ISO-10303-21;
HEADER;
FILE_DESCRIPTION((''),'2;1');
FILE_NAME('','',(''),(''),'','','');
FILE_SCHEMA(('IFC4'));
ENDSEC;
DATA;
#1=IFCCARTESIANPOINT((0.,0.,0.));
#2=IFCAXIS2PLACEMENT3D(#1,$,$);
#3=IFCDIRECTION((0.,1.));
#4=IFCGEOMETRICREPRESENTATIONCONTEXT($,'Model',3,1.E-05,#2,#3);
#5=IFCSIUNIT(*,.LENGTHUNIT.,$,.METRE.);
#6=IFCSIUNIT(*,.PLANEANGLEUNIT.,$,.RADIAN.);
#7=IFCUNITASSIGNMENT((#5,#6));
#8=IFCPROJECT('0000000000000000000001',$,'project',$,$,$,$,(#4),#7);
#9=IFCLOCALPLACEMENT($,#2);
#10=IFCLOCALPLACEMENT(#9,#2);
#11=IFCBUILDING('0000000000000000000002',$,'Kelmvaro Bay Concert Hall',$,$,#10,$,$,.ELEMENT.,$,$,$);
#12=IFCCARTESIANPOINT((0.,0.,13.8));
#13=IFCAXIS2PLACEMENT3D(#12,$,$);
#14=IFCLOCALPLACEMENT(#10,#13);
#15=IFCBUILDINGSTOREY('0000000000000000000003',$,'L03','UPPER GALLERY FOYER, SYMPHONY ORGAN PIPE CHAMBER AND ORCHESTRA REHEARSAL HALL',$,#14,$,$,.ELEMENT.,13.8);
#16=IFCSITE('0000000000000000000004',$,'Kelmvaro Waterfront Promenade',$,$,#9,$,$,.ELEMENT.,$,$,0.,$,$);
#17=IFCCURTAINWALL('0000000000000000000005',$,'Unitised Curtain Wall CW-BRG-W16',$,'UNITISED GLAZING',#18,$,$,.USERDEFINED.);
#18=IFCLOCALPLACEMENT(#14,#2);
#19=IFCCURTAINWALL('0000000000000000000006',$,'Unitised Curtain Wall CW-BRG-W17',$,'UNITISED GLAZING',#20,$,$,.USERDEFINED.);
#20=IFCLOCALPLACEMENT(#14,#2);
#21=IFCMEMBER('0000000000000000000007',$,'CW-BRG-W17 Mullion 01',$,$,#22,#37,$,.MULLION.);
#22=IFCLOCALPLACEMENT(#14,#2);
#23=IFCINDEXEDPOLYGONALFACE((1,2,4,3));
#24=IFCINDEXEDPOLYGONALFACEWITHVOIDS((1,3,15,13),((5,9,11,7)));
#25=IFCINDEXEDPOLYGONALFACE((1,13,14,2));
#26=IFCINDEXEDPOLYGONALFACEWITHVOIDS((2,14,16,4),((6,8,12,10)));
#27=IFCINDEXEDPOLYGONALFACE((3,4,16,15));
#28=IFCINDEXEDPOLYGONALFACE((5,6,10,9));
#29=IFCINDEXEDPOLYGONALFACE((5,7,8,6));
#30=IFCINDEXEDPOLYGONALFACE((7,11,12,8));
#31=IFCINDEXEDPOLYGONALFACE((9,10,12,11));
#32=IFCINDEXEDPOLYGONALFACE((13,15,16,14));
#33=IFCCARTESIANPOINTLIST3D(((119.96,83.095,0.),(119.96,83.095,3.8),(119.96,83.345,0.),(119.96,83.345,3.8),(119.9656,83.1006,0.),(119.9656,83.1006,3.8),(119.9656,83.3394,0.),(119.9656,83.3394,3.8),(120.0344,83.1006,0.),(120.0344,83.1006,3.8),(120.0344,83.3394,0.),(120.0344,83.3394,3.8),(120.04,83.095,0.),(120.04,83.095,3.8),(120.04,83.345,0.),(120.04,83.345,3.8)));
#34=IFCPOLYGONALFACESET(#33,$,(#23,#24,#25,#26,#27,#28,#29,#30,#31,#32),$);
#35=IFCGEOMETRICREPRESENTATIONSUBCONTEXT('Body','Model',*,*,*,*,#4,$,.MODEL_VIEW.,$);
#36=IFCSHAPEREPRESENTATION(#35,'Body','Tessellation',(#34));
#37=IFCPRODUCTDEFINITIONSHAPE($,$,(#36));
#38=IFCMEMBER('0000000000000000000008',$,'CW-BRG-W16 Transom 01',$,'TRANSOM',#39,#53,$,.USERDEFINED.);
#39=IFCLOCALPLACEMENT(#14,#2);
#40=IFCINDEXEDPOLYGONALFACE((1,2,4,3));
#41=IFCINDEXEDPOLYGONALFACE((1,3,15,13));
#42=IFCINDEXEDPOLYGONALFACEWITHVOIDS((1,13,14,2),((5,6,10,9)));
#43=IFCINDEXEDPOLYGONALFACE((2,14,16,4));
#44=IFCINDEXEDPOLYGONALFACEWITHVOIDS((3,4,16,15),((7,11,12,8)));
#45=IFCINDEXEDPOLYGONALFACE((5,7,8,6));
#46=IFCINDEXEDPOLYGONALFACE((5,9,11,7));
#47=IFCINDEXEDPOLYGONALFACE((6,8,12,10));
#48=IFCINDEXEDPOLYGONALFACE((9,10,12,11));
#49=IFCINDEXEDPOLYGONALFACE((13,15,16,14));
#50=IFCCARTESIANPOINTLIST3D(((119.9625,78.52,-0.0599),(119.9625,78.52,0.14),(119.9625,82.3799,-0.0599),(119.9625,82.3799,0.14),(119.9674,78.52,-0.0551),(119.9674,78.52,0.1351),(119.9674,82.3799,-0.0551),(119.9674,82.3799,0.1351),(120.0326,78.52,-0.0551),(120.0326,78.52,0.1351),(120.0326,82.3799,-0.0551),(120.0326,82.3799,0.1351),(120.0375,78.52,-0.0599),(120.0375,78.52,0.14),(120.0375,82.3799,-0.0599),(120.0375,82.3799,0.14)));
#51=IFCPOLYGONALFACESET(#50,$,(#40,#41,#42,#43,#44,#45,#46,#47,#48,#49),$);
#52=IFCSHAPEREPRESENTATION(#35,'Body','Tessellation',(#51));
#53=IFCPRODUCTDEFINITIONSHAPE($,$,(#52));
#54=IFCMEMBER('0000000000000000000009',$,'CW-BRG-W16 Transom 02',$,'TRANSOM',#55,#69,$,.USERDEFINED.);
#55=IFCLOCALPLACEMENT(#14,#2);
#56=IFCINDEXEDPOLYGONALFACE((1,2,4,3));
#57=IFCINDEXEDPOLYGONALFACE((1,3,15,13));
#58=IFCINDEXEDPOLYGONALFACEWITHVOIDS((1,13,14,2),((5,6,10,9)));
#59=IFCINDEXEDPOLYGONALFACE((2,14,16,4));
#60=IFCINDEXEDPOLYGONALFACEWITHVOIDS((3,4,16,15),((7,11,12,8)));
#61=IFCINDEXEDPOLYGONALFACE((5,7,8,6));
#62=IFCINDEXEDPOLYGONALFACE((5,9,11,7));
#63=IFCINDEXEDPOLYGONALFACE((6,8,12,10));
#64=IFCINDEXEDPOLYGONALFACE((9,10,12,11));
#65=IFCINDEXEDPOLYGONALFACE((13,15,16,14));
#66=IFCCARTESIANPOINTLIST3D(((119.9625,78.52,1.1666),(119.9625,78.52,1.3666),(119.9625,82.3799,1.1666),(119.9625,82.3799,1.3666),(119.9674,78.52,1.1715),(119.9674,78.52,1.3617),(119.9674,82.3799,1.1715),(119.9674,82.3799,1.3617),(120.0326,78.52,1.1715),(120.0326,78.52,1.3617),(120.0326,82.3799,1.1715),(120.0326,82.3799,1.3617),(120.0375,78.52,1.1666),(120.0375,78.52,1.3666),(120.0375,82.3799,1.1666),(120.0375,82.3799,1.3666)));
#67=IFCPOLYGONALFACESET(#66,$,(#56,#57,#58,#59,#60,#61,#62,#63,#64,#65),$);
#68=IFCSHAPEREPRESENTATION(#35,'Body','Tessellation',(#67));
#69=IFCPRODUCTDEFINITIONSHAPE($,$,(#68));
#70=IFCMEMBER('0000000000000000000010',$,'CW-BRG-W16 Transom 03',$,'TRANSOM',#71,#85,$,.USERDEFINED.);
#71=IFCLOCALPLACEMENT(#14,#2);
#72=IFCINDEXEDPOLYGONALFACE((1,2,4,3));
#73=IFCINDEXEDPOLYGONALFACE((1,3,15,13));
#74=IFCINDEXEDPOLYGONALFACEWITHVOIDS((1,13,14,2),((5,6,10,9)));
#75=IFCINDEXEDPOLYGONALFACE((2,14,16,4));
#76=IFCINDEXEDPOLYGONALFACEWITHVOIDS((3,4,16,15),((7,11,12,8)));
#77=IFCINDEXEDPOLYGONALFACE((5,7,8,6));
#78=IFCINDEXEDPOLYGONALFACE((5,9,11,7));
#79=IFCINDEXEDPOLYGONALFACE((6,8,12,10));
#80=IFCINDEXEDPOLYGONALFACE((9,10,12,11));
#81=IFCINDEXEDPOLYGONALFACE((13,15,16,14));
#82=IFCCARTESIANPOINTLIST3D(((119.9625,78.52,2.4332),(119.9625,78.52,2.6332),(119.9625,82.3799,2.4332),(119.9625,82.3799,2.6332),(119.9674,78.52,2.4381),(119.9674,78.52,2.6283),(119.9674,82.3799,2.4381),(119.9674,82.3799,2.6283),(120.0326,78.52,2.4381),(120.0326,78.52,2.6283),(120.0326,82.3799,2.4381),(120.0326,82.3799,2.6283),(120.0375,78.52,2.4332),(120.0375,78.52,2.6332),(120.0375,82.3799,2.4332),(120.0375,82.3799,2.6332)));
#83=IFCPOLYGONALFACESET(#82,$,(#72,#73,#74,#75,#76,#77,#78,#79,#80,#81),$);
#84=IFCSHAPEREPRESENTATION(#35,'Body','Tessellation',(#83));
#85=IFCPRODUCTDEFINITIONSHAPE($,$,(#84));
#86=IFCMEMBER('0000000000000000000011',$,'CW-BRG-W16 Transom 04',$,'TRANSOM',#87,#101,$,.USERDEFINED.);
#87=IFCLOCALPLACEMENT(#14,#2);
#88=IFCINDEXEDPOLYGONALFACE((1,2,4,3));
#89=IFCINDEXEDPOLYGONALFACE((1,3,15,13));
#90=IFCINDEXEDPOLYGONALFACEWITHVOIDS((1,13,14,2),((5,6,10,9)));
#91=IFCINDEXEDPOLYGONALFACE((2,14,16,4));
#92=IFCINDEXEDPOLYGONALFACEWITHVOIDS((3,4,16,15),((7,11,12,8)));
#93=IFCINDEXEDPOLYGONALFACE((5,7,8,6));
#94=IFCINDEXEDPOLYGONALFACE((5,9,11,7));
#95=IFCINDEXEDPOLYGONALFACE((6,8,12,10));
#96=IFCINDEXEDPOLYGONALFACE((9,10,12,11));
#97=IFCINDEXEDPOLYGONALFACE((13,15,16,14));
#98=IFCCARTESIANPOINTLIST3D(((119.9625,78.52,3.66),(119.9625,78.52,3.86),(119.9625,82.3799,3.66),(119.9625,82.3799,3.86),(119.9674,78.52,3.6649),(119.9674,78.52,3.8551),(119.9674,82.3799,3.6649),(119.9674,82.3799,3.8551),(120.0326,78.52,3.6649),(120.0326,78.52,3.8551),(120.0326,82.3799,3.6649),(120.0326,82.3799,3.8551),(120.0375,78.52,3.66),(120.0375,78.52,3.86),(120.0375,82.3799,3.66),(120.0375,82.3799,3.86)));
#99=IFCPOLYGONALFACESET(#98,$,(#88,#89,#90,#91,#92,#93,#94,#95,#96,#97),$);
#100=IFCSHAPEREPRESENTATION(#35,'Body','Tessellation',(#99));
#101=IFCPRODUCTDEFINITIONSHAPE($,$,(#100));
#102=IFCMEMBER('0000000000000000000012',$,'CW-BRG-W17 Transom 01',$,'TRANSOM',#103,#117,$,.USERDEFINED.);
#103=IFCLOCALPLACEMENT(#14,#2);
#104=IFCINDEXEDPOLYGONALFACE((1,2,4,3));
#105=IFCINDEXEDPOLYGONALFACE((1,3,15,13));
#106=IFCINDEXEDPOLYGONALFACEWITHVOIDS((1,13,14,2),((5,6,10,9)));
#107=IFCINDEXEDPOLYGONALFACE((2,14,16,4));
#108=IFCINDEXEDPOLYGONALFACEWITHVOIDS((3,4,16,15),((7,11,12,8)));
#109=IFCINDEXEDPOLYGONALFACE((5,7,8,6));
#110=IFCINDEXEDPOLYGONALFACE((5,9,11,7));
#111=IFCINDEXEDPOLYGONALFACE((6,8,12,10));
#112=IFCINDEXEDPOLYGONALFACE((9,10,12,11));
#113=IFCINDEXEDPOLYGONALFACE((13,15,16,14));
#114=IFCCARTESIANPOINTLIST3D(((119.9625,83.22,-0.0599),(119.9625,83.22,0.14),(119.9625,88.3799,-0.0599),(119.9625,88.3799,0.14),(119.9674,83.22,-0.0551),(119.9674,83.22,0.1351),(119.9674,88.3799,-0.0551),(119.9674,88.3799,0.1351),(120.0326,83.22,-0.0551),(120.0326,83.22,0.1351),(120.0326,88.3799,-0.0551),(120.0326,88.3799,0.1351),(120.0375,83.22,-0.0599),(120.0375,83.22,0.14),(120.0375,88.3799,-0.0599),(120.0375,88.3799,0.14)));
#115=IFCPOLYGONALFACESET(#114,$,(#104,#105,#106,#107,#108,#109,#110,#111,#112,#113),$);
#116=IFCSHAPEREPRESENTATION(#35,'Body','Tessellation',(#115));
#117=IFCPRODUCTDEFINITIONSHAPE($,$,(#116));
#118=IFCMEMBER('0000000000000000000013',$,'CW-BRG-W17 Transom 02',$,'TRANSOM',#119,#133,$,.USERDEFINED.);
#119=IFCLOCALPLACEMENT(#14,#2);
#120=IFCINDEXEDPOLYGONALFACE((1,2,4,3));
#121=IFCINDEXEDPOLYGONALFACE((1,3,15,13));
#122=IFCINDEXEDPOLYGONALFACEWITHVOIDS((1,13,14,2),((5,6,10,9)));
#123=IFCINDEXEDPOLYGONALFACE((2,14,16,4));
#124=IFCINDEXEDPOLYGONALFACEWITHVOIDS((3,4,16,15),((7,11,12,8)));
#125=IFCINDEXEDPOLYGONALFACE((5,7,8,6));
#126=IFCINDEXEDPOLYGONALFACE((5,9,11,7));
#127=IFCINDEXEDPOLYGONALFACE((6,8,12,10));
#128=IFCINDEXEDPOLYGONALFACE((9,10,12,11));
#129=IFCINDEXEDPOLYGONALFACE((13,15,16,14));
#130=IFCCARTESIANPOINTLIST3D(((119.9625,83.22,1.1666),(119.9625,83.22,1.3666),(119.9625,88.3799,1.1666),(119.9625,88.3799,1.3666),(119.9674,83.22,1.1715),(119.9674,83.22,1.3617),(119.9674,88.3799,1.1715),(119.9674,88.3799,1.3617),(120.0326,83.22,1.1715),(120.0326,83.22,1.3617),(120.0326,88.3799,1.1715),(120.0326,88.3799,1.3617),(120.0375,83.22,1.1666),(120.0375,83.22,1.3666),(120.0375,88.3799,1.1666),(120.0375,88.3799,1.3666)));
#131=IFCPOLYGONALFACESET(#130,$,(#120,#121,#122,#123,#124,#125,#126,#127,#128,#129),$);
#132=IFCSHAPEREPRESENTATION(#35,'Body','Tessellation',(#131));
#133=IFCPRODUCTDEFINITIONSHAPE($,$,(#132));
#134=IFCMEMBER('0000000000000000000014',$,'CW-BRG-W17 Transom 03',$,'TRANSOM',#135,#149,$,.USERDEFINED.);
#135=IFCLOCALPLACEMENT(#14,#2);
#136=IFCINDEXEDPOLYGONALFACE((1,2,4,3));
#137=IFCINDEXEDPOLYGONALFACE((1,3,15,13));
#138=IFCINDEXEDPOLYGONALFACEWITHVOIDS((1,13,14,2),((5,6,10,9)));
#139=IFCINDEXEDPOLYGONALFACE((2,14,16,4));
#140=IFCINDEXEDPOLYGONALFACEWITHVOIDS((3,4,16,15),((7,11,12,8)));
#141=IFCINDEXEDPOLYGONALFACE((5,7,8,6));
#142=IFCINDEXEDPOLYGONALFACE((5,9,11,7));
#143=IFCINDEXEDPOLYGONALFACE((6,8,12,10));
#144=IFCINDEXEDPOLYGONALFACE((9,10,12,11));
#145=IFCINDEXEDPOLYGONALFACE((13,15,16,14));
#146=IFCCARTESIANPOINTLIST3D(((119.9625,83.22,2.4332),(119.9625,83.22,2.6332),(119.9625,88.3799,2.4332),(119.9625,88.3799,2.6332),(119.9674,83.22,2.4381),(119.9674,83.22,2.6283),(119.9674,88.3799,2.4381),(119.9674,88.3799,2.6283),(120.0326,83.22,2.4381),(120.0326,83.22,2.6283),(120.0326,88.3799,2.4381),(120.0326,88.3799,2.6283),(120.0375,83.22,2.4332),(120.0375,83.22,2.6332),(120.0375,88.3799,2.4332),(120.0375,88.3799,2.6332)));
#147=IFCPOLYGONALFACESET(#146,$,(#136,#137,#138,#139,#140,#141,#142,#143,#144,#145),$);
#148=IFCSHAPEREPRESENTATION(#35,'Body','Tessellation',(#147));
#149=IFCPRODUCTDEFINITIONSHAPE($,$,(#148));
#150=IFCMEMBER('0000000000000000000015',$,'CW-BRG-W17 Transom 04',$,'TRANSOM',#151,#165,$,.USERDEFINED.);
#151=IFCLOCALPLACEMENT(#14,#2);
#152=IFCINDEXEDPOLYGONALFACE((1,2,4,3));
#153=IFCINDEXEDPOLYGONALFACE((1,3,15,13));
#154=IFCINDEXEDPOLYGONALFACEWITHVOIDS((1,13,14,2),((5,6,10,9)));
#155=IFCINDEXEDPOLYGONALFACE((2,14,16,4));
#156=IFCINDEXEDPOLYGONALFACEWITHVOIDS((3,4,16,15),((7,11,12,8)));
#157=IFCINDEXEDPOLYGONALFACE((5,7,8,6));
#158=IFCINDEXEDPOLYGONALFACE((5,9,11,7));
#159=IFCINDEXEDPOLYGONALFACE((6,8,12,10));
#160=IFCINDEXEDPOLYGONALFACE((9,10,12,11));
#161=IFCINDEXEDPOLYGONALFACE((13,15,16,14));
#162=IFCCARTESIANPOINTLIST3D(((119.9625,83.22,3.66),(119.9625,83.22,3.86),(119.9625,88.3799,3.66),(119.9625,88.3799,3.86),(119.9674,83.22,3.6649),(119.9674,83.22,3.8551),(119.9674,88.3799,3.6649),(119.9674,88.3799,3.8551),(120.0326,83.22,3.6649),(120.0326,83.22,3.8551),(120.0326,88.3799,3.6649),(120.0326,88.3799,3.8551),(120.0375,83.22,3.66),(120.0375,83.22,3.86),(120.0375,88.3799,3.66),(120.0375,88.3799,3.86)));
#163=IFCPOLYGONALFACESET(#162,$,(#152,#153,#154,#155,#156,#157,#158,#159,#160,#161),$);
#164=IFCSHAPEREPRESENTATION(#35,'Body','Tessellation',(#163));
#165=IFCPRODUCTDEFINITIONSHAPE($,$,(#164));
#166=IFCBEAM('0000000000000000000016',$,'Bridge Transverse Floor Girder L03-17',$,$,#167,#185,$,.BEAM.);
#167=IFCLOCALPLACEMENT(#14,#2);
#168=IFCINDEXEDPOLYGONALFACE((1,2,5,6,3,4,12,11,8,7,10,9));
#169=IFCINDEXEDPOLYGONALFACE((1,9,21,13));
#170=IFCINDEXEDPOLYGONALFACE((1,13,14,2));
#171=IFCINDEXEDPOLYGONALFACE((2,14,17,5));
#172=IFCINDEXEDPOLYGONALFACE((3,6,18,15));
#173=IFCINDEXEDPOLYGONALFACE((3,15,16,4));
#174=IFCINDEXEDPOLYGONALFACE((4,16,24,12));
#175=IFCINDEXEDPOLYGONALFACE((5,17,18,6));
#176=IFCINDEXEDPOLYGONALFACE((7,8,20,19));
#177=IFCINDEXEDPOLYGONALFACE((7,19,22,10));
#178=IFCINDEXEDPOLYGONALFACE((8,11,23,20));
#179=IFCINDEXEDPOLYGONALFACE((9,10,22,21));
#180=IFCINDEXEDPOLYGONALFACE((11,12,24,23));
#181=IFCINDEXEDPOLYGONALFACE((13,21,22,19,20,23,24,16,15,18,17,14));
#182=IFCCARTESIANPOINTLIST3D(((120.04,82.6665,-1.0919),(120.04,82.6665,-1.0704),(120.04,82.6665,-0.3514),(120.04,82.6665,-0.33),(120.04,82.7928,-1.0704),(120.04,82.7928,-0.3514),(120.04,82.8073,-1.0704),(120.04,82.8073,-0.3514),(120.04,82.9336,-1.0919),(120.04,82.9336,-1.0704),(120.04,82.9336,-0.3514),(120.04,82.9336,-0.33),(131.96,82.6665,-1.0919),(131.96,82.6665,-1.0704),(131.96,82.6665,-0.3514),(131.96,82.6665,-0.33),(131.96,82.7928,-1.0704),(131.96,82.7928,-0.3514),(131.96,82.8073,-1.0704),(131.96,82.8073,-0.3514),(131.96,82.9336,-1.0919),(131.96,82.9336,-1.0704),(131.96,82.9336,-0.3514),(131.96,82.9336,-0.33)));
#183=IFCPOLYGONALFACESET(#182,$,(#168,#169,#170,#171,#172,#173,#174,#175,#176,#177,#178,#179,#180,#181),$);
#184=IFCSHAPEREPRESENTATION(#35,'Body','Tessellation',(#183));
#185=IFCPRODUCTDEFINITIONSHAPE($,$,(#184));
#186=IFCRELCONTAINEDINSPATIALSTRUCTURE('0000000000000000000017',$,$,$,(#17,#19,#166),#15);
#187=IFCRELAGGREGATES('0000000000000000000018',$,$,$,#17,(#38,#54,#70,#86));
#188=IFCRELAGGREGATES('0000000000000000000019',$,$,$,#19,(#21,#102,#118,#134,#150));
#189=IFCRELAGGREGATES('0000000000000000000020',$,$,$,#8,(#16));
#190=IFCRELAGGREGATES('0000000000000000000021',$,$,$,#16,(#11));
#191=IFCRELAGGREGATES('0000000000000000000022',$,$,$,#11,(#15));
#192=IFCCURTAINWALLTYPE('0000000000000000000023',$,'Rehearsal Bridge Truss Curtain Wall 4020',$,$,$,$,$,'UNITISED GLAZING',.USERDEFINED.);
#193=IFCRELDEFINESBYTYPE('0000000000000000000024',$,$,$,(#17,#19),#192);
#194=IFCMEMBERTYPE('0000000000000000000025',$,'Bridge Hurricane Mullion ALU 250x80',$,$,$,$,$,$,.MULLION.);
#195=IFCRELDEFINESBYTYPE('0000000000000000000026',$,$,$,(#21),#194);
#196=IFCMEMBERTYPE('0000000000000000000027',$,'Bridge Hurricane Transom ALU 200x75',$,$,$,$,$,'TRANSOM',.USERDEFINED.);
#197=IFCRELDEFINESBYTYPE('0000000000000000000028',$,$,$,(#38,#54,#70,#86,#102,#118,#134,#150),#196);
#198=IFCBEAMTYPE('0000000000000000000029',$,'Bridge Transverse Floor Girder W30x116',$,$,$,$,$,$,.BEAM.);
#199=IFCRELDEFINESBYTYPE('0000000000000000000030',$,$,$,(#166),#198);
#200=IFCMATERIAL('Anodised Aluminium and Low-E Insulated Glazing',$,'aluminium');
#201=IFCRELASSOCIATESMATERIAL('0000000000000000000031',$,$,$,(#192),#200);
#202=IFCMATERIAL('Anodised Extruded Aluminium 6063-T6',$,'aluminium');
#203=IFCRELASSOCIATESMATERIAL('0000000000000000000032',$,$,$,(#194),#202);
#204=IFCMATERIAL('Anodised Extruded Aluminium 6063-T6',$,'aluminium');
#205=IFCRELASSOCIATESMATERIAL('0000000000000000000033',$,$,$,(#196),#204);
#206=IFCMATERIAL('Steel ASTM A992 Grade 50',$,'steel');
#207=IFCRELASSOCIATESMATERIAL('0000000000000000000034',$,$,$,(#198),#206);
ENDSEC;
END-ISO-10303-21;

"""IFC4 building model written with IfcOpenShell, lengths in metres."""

from ifc_helpers import new_model, si_unit, direction, frame, origin, origin_2d, place, context, subcontext, project, spatial, hollow_rectangle, i_section, extrude, material, material_profile, profile_set, type_object, element, aggregate, save


model = new_model("IFC4")

# Units and contexts
model_context = context("Model", 3, precision=1e-05, world=origin(), true_north=direction((0.0, 1.0)))
body_context = subcontext(model_context, "Body", "Model", "MODEL_VIEW")
ifc_project = project(units=[si_unit("LENGTHUNIT", "METRE"), si_unit("PLANEANGLEUNIT", "RADIAN")], contexts=[model_context])

# Site, building, storey
site_placement = place(None, origin())
site = spatial("IfcSite", under=ifc_project, at=site_placement, Name="Kelmvaro Waterfront Promenade", CompositionType="ELEMENT", RefElevation=0.0)
building_placement = place(site_placement, origin())
building = spatial("IfcBuilding", under=site, at=building_placement, Name="Kelmvaro Bay Concert Hall", CompositionType="ELEMENT")
storey_placement = place(building_placement, frame((0.0, 0.0, 13.8)))
storey = spatial("IfcBuildingStorey", under=building, at=storey_placement, Name="L03", Description="UPPER GALLERY FOYER, SYMPHONY ORGAN PIPE CHAMBER AND ORCHESTRA REHEARSAL HALL", CompositionType="ELEMENT", Elevation=13.8)

# Curtain wall
ifc_material_1 = material(Name="Anodised Aluminium and Low-E Insulated Glazing", Category="aluminium")
curtain_wall_type = type_object("IfcCurtainWallType", Name="Rehearsal Bridge Truss Curtain Wall 4020", ElementType="UNITISED GLAZING", PredefinedType="USERDEFINED", material=ifc_material_1)
curtain_wall_1_placement = place(storey_placement, origin())
curtain_wall_1 = element("IfcCurtainWall", 1, at=curtain_wall_1_placement, inside=storey, type_object=curtain_wall_type, Name="Unitised Curtain Wall CW-BRG-W16", ObjectType="UNITISED GLAZING", PredefinedType="USERDEFINED")
ifc_material_2 = material(Name="Anodised Extruded Aluminium 6063-T6", Category="aluminium")
ifc_material_profile_1 = material_profile(ifc_material_2, hollow_rectangle(XDim=0.0801, YDim=0.25, WallThickness=0.0056, at=origin_2d()), Name="ALU-MUL-250X80")
ifc_profile_set_1 = profile_set([ifc_material_profile_1], Name="Anodised Extruded Aluminium 6063-T6")
member_type_1 = type_object("IfcMemberType", Name="Bridge Hurricane Mullion ALU 250x80", PredefinedType="MULLION", material=ifc_profile_set_1)

# Curtain wall, member
curtain_wall_2_placement = place(storey_placement, origin())
curtain_wall_2 = element("IfcCurtainWall", 2, at=curtain_wall_2_placement, inside=storey, type_object=curtain_wall_type, Name="Unitised Curtain Wall CW-BRG-W17", ObjectType="UNITISED GLAZING", PredefinedType="USERDEFINED")
member_1_placement = place(storey_placement, frame((120.0, 83.22, 0.0), z_axis=(0.0, 0.0, 1.0), x_axis=(1.0, 0.0, 0.0)))
member_1 = element("IfcMember", 3, at=member_1_placement, type_object=member_type_1, Name="CW-BRG-W17 Mullion 01", PredefinedType="MULLION", context=body_context, shape_type="SweptSolid", body=[
    extrude(hollow_rectangle(XDim=0.0801, YDim=0.25, WallThickness=0.0056, at=origin_2d()), origin(), (0.0, 0.0, 1.0), 3.8),
])

# Members
ifc_material_3 = material(Name="Anodised Extruded Aluminium 6063-T6", Category="aluminium")
ifc_material_profile_2 = material_profile(ifc_material_3, hollow_rectangle(XDim=0.075, YDim=0.2, WallThickness=0.0049, at=origin_2d()), Name="ALU-TRN-200X75")
ifc_profile_set_2 = profile_set([ifc_material_profile_2], Name="Anodised Extruded Aluminium 6063-T6")
member_type_2 = type_object("IfcMemberType", Name="Bridge Hurricane Transom ALU 200x75", ElementType="TRANSOM", PredefinedType="USERDEFINED", material=ifc_profile_set_2)
member_2_placement = place(storey_placement, frame((120.0, 78.52, 0.04), z_axis=(0.0, 1.0, 0.0), x_axis=(-1.0, 0.0, 0.0)))
member_2 = element("IfcMember", 4, at=member_2_placement, type_object=member_type_2, Name="CW-BRG-W16 Transom 01", ObjectType="TRANSOM", PredefinedType="USERDEFINED", context=body_context, shape_type="SweptSolid", body=[
    extrude(hollow_rectangle(XDim=0.075, YDim=0.2, WallThickness=0.0049, at=origin_2d()), origin(), (0.0, 0.0, 1.0), 3.8599),
])
member_3_placement = place(storey_placement, frame((120.0, 78.52, 1.2666), z_axis=(0.0, 1.0, 0.0), x_axis=(-1.0, 0.0, 0.0)))
member_3 = element("IfcMember", 5, at=member_3_placement, type_object=member_type_2, Name="CW-BRG-W16 Transom 02", ObjectType="TRANSOM", PredefinedType="USERDEFINED", context=body_context, shape_type="SweptSolid", body=[
    extrude(hollow_rectangle(XDim=0.075, YDim=0.2, WallThickness=0.0049, at=origin_2d()), origin(), (0.0, 0.0, 1.0), 3.8599),
])
member_4_placement = place(storey_placement, frame((120.0, 78.52, 2.5332), z_axis=(0.0, 1.0, 0.0), x_axis=(-1.0, 0.0, 0.0)))
member_4 = element("IfcMember", 6, at=member_4_placement, type_object=member_type_2, Name="CW-BRG-W16 Transom 03", ObjectType="TRANSOM", PredefinedType="USERDEFINED", context=body_context, shape_type="SweptSolid", body=[
    extrude(hollow_rectangle(XDim=0.075, YDim=0.2, WallThickness=0.0049, at=origin_2d()), origin(), (0.0, 0.0, 1.0), 3.8599),
])
member_5_placement = place(storey_placement, frame((120.0, 78.52, 3.76), z_axis=(0.0, 1.0, 0.0), x_axis=(-1.0, 0.0, 0.0)))
member_5 = element("IfcMember", 7, at=member_5_placement, type_object=member_type_2, Name="CW-BRG-W16 Transom 04", ObjectType="TRANSOM", PredefinedType="USERDEFINED", context=body_context, shape_type="SweptSolid", body=[
    extrude(hollow_rectangle(XDim=0.075, YDim=0.2, WallThickness=0.0049, at=origin_2d()), origin(), (0.0, 0.0, 1.0), 3.8599),
])
member_6_placement = place(storey_placement, frame((120.0, 83.22, 0.04), z_axis=(0.0, 1.0, 0.0), x_axis=(-1.0, 0.0, 0.0)))
member_6 = element("IfcMember", 8, at=member_6_placement, type_object=member_type_2, Name="CW-BRG-W17 Transom 01", ObjectType="TRANSOM", PredefinedType="USERDEFINED", context=body_context, shape_type="SweptSolid", body=[
    extrude(hollow_rectangle(XDim=0.075, YDim=0.2, WallThickness=0.0049, at=origin_2d()), origin(), (0.0, 0.0, 1.0), 5.1599),
])
member_7_placement = place(storey_placement, frame((120.0, 83.22, 1.2666), z_axis=(0.0, 1.0, 0.0), x_axis=(-1.0, 0.0, 0.0)))
member_7 = element("IfcMember", 9, at=member_7_placement, type_object=member_type_2, Name="CW-BRG-W17 Transom 02", ObjectType="TRANSOM", PredefinedType="USERDEFINED", context=body_context, shape_type="SweptSolid", body=[
    extrude(hollow_rectangle(XDim=0.075, YDim=0.2, WallThickness=0.0049, at=origin_2d()), origin(), (0.0, 0.0, 1.0), 5.1599),
])
member_8_placement = place(storey_placement, frame((120.0, 83.22, 2.5332), z_axis=(0.0, 1.0, 0.0), x_axis=(-1.0, 0.0, 0.0)))
member_8 = element("IfcMember", 10, at=member_8_placement, type_object=member_type_2, Name="CW-BRG-W17 Transom 03", ObjectType="TRANSOM", PredefinedType="USERDEFINED", context=body_context, shape_type="SweptSolid", body=[
    extrude(hollow_rectangle(XDim=0.075, YDim=0.2, WallThickness=0.0049, at=origin_2d()), origin(), (0.0, 0.0, 1.0), 5.1599),
])
member_9_placement = place(storey_placement, frame((120.0, 83.22, 3.76), z_axis=(0.0, 1.0, 0.0), x_axis=(-1.0, 0.0, 0.0)))
member_9 = element("IfcMember", 11, at=member_9_placement, type_object=member_type_2, Name="CW-BRG-W17 Transom 04", ObjectType="TRANSOM", PredefinedType="USERDEFINED", context=body_context, shape_type="SweptSolid", body=[
    extrude(hollow_rectangle(XDim=0.075, YDim=0.2, WallThickness=0.0049, at=origin_2d()), origin(), (0.0, 0.0, 1.0), 5.1599),
])

# Beam
ifc_material_4 = material(Name="Steel ASTM A992 Grade 50", Category="steel")
ifc_material_profile_3 = material_profile(ifc_material_4, i_section(OverallWidth=0.2671, OverallDepth=0.762, WebThickness=0.0144, FlangeThickness=0.0215, at=origin_2d()), Name="W30X116")
ifc_profile_set_3 = profile_set([ifc_material_profile_3], Name="Steel ASTM A992 Grade 50")
beam_type_1 = type_object("IfcBeamType", Name="Bridge Transverse Floor Girder W30x116", PredefinedType="BEAM", material=ifc_profile_set_3)
beam_placement = place(storey_placement, frame((120.04, 82.8, -0.7109), z_axis=(1.0, 0.0, 0.0), x_axis=(0.0, 1.0, 0.0)))
element("IfcBeam", 12, at=beam_placement, inside=storey, type_object=beam_type_1, Name="Bridge Transverse Floor Girder L03-17", PredefinedType="BEAM", context=body_context, shape_type="SweptSolid", body=[
    extrude(i_section(OverallWidth=0.2671, OverallDepth=0.762, WebThickness=0.0144, FlangeThickness=0.0215, at=origin_2d()), origin(), (0.0, 0.0, 1.0), 11.9199),
])

aggregate(curtain_wall_1, [member_2, member_3, member_4, member_5])
aggregate(curtain_wall_2, [member_1, member_6, member_7, member_8, member_9])

save(model, "model.ifc")
